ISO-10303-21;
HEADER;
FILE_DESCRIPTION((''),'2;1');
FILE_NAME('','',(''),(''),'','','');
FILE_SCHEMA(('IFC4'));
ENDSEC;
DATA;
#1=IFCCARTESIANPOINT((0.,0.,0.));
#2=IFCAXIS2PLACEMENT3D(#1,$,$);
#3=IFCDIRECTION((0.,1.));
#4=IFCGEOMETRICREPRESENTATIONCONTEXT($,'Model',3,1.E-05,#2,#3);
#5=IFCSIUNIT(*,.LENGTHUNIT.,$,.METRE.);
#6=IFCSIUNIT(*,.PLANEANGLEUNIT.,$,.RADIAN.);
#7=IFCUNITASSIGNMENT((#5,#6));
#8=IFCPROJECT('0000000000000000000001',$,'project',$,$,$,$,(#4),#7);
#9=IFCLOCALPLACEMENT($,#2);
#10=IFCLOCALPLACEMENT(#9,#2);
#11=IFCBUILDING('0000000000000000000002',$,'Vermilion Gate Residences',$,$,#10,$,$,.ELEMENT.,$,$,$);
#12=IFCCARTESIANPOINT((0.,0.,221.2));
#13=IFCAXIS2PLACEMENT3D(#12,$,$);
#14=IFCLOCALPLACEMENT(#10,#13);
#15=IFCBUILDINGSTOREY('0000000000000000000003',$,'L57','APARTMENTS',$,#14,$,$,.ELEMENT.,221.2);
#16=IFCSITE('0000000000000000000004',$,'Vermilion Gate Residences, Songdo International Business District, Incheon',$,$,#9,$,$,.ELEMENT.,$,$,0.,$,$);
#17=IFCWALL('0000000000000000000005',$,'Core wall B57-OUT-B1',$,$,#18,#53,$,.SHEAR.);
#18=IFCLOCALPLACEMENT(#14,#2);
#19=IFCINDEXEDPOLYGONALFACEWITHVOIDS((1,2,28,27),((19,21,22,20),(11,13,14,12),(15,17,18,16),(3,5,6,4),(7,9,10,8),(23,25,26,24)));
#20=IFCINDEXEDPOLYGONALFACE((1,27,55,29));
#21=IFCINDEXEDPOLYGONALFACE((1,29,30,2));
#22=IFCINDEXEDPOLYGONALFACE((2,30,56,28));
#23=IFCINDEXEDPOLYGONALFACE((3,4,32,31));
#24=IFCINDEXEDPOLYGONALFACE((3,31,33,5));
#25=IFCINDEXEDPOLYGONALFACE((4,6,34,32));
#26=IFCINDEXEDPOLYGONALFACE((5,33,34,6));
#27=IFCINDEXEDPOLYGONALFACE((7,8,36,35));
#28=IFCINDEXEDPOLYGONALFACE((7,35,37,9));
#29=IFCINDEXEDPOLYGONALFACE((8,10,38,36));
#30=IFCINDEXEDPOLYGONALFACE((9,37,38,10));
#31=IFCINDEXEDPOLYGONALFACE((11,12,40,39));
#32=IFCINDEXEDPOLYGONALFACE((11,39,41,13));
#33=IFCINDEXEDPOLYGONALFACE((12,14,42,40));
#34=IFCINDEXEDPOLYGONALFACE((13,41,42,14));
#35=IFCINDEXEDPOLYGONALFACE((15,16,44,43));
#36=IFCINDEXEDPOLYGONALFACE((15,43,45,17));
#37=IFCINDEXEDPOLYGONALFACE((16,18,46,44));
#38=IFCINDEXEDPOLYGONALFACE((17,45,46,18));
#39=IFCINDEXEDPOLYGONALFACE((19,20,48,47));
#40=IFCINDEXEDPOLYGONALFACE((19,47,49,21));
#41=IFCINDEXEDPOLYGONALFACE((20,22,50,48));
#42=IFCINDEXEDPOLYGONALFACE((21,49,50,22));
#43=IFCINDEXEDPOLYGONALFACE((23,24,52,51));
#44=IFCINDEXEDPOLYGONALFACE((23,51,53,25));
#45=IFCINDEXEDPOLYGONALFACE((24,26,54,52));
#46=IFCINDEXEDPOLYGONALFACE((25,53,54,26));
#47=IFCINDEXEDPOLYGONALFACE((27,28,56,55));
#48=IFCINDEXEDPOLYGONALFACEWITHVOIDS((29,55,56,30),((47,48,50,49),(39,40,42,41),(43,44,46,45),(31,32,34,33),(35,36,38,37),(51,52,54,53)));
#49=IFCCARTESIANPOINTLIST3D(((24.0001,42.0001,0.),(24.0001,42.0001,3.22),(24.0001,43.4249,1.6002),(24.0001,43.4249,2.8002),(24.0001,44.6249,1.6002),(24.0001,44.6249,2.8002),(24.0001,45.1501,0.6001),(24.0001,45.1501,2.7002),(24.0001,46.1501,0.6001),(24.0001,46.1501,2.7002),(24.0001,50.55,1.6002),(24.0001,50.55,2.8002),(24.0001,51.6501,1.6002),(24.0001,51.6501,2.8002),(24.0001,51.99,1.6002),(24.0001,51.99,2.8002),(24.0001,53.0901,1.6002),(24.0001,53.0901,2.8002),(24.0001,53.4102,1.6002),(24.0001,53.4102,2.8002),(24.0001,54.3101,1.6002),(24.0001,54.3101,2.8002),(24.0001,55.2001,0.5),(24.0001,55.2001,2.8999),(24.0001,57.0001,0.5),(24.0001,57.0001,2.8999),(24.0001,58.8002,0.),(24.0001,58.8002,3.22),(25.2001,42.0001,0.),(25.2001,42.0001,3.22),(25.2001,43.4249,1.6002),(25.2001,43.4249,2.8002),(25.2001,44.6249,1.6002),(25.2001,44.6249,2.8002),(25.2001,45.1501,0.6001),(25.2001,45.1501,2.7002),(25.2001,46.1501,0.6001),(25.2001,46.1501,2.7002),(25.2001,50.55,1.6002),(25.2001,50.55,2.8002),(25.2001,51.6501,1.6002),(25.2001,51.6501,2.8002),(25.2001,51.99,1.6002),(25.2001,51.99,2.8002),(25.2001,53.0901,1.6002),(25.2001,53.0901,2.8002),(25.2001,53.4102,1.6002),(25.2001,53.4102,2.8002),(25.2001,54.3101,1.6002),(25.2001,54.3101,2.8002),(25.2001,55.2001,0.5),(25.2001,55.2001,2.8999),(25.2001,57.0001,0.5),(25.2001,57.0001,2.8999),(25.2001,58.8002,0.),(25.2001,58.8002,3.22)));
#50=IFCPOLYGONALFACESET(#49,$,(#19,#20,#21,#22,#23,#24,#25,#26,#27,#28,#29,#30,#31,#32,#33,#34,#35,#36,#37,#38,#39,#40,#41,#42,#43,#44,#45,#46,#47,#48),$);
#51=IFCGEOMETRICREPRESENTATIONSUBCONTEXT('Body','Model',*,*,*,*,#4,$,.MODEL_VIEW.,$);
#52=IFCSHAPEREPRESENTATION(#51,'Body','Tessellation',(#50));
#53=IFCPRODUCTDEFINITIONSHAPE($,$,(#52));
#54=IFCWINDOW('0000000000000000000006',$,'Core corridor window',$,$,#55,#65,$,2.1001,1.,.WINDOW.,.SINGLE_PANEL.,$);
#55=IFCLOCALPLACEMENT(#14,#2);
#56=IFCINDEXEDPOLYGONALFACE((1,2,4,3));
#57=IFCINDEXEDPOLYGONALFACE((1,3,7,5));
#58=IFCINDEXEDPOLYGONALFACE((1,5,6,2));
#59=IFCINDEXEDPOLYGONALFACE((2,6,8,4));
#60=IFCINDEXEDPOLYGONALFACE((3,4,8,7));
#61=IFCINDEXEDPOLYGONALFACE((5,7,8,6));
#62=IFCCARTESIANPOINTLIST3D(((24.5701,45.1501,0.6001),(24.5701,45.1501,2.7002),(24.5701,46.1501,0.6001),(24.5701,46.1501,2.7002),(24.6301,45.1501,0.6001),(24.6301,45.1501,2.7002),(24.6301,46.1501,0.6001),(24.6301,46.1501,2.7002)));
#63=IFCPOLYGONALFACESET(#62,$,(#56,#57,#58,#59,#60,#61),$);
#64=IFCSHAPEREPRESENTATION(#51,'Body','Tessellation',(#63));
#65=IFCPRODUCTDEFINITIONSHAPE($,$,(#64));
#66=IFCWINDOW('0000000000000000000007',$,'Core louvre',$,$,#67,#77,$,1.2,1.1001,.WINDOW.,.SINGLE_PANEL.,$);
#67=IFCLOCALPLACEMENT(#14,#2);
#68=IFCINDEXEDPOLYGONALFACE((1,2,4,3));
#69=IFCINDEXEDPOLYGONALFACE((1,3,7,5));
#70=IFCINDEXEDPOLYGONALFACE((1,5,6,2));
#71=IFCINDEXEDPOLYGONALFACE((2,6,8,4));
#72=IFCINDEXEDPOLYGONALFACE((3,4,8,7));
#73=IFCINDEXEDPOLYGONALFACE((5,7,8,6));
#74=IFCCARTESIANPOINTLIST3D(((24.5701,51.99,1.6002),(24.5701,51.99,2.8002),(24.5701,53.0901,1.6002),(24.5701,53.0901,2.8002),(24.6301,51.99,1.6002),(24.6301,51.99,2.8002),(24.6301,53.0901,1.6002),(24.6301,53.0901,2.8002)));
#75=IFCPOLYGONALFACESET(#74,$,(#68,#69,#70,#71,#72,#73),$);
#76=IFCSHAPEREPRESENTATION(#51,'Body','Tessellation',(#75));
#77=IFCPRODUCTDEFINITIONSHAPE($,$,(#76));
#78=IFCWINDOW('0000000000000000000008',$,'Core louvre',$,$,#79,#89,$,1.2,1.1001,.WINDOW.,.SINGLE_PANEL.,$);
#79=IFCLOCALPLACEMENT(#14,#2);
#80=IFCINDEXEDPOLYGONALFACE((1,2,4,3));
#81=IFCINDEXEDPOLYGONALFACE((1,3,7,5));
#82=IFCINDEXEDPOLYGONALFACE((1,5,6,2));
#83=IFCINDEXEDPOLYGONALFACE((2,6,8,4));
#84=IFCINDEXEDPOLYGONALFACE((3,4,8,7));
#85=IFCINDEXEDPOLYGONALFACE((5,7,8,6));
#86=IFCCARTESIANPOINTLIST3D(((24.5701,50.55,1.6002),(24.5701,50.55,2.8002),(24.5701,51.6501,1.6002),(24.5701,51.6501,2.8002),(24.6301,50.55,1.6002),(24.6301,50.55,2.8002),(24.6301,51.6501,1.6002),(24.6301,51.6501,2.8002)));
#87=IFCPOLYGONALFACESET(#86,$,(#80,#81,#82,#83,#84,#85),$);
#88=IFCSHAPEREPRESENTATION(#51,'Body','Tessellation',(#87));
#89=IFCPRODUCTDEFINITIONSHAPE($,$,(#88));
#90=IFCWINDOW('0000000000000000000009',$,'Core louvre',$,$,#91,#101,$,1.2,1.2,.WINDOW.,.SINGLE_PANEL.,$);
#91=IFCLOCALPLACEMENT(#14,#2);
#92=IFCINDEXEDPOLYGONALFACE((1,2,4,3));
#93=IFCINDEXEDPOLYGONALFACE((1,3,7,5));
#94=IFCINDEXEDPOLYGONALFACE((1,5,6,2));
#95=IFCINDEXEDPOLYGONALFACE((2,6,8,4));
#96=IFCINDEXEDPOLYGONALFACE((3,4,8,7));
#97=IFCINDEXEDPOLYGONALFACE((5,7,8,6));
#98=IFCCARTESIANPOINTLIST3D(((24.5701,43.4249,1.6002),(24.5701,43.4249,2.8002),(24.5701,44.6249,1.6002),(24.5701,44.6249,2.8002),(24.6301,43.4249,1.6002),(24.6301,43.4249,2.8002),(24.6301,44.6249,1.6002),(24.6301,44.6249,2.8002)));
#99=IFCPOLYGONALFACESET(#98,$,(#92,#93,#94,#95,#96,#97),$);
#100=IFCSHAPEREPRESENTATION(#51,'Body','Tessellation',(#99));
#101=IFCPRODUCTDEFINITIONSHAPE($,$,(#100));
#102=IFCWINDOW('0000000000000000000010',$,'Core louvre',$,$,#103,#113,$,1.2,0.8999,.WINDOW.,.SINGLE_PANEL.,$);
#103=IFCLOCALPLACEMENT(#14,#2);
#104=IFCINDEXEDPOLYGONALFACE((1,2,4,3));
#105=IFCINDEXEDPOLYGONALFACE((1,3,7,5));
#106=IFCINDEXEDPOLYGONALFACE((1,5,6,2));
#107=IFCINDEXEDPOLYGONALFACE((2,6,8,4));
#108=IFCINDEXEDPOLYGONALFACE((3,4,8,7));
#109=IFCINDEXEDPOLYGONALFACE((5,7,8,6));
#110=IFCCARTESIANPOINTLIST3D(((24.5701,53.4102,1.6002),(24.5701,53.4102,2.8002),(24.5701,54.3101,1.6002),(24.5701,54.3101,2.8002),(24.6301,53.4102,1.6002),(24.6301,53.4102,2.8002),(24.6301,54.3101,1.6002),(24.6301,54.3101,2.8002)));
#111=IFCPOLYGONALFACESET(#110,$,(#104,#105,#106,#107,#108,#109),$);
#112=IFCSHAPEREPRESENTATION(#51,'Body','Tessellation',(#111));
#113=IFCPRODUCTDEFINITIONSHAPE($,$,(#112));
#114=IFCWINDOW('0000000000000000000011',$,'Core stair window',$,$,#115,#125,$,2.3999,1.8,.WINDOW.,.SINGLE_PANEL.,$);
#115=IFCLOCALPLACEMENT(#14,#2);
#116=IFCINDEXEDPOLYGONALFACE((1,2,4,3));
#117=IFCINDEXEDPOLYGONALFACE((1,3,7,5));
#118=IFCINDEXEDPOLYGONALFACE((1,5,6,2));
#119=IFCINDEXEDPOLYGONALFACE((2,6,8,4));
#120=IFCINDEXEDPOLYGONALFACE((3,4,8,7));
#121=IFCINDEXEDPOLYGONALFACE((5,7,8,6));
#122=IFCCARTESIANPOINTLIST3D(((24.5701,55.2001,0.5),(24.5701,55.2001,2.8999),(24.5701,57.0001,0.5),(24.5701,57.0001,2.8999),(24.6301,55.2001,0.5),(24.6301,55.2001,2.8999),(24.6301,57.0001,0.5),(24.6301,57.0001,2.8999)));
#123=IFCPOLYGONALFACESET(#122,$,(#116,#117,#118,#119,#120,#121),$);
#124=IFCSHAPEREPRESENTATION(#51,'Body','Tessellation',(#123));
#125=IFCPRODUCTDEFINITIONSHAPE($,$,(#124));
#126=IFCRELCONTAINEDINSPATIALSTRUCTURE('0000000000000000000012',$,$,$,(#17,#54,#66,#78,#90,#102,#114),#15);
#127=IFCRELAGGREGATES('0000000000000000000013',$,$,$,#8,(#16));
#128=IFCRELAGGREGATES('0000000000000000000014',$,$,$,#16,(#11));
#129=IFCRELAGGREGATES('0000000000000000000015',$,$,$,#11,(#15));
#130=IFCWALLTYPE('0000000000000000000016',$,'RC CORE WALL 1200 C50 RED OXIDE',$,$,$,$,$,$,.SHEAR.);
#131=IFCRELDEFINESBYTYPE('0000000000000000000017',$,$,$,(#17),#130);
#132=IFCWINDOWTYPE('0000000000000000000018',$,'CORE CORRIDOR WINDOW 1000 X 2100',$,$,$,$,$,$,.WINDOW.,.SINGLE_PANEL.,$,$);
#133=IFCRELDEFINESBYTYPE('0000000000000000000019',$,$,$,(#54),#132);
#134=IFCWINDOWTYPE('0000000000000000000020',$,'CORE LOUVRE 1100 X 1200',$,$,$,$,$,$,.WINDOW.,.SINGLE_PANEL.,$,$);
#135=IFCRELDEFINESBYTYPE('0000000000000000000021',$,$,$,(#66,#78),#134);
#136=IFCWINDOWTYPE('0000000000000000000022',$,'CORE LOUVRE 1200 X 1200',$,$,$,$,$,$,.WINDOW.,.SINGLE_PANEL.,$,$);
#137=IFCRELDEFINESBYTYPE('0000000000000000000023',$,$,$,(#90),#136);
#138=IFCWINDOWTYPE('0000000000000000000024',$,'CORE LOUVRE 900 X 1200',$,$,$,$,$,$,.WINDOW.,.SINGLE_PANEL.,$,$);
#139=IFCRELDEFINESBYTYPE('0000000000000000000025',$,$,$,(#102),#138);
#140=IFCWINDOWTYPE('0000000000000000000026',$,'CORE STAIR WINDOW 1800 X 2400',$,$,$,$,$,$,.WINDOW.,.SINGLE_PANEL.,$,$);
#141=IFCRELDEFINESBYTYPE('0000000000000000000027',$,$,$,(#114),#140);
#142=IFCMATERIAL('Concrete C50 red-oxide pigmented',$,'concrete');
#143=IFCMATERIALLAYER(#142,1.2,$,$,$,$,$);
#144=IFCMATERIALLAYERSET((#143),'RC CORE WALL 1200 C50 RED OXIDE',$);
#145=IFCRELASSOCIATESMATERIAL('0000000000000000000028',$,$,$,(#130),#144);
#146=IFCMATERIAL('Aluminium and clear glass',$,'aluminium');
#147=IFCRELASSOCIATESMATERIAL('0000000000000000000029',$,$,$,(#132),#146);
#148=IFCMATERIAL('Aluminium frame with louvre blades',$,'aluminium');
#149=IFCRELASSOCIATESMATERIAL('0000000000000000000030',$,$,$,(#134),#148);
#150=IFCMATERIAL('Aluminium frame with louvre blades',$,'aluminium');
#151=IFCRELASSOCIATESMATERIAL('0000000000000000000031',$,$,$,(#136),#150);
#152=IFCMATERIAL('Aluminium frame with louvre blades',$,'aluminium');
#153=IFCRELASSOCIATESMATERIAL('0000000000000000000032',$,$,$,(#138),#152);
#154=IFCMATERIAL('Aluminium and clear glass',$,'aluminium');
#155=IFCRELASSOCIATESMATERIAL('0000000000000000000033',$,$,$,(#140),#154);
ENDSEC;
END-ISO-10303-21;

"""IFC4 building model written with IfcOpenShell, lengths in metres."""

from ifc_helpers import new_model, si_unit, direction, frame, frame_2d, origin, place, context, subcontext, project, spatial, rectangle, extrude, material, layer, layer_set, type_object, element, fill, save


model = new_model("IFC4")

# Units and contexts
model_context = context("Model", 3, precision=1e-05, world=origin(), true_north=direction((0.0, 1.0)))
body_context = subcontext(model_context, "Body", "Model", "MODEL_VIEW")
ifc_project = project(units=[si_unit("LENGTHUNIT", "METRE"), si_unit("PLANEANGLEUNIT", "RADIAN")], contexts=[model_context])

# Site, building, storey
site_placement = place(None, origin())
site = spatial("IfcSite", under=ifc_project, at=site_placement, Name="Vermilion Gate Residences, Songdo International Business District, Incheon", CompositionType="ELEMENT", RefElevation=0.0)
building_placement = place(site_placement, origin())
building = spatial("IfcBuilding", under=site, at=building_placement, Name="Vermilion Gate Residences", CompositionType="ELEMENT")
storey_placement = place(building_placement, frame((0.0, 0.0, 221.2)))
storey = spatial("IfcBuildingStorey", under=building, at=storey_placement, Name="L57", Description="APARTMENTS", CompositionType="ELEMENT", Elevation=221.2)

# Wall, openings, windows
ifc_material_1 = material(Name="Concrete C50 red-oxide pigmented", Category="concrete")
ifc_layer_1 = layer(ifc_material_1, 1.2)
ifc_layer_set_1 = layer_set([ifc_layer_1], Name="RC CORE WALL 1200 C50 RED OXIDE")
wall_type_1 = type_object("IfcWallType", Name="RC CORE WALL 1200 C50 RED OXIDE", PredefinedType="SHEAR", material=ifc_layer_set_1)
wall_1_placement = place(storey_placement, frame((24.6001, 58.8, 0.0), z_axis=(0.0, 0.0, 1.0), x_axis=(0.0, -1.0, 0.0)))
wall_1 = element("IfcWall", 1, at=wall_1_placement, inside=storey, type_object=wall_type_1, Name="Core wall B57-OUT-B1", PredefinedType="SHEAR", context=body_context, shape_type="SweptSolid", body=[
    extrude(rectangle(XDim=16.8, YDim=1.2, at=frame_2d((8.3999, 0.0))), origin(), (0.0, 0.0, 1.0), 3.22),
])
opening_1_placement = place(wall_1_placement, frame((1.8, 0.0, 0.5)))
opening_1 = element("IfcOpeningElement", 2, at=opening_1_placement, cuts=wall_1, PredefinedType="OPENING", context=body_context, shape_type="SweptSolid", body=[
    extrude(rectangle(XDim=1.8, YDim=2.3999, at=frame_2d((0.8999, 1.2))), frame((0.0, 0.6099, 0.0), z_axis=(0.0, -1.0, 0.0), x_axis=(1.0, 0.0, 0.0)), (0.0, 0.0, 1.0), 1.22),
])
opening_2_placement = place(wall_1_placement, frame((4.49, 0.0, 1.6001)))
opening_2 = element("IfcOpeningElement", 3, at=opening_2_placement, cuts=wall_1, PredefinedType="OPENING", context=body_context, shape_type="SweptSolid", body=[
    extrude(rectangle(XDim=0.8999, YDim=1.2, at=frame_2d((0.45, 0.6001))), frame((0.0, 0.6099, 0.0), z_axis=(0.0, -1.0, 0.0), x_axis=(1.0, 0.0, 0.0)), (0.0, 0.0, 1.0), 1.22),
])
opening_3_placement = place(wall_1_placement, frame((5.71, 0.0, 1.6001)))
opening_3 = element("IfcOpeningElement", 4, at=opening_3_placement, cuts=wall_1, PredefinedType="OPENING", context=body_context, shape_type="SweptSolid", body=[
    extrude(rectangle(XDim=1.1001, YDim=1.2, at=frame_2d((0.55, 0.6001))), frame((0.0, 0.6099, 0.0), z_axis=(0.0, -1.0, 0.0), x_axis=(1.0, 0.0, 0.0)), (0.0, 0.0, 1.0), 1.22),
])
opening_4_placement = place(wall_1_placement, frame((7.1499, 0.0, 1.6001)))
opening_4 = element("IfcOpeningElement", 5, at=opening_4_placement, cuts=wall_1, PredefinedType="OPENING", context=body_context, shape_type="SweptSolid", body=[
    extrude(rectangle(XDim=1.1001, YDim=1.2, at=frame_2d((0.55, 0.6001))), frame((0.0, 0.6099, 0.0), z_axis=(0.0, -1.0, 0.0), x_axis=(1.0, 0.0, 0.0)), (0.0, 0.0, 1.0), 1.22),
])
opening_5_placement = place(wall_1_placement, frame((12.6499, 0.0, 0.6001)))
opening_5 = element("IfcOpeningElement", 6, at=opening_5_placement, cuts=wall_1, PredefinedType="OPENING", context=body_context, shape_type="SweptSolid", body=[
    extrude(rectangle(XDim=1.0, YDim=2.1001, at=frame_2d((0.5, 1.05))), frame((0.0, 0.6099, 0.0), z_axis=(0.0, -1.0, 0.0), x_axis=(1.0, 0.0, 0.0)), (0.0, 0.0, 1.0), 1.22),
])
opening_6_placement = place(wall_1_placement, frame((14.175, 0.0, 1.6001)))
opening_6 = element("IfcOpeningElement", 7, at=opening_6_placement, cuts=wall_1, PredefinedType="OPENING", context=body_context, shape_type="SweptSolid", body=[
    extrude(rectangle(XDim=1.2, YDim=1.2, at=frame_2d((0.6001, 0.6001))), frame((0.0, 0.6099, 0.0), z_axis=(0.0, -1.0, 0.0), x_axis=(1.0, 0.0, 0.0)), (0.0, 0.0, 1.0), 1.22),
])
ifc_material_2 = material(Name="Aluminium and clear glass", Category="aluminium")
window_type_1 = type_object("IfcWindowType", Name="CORE CORRIDOR WINDOW 1000 X 2100", PartitioningType="SINGLE_PANEL", PredefinedType="WINDOW", material=ifc_material_2)
window_1_placement = place(opening_5_placement, origin())
window_1 = element("IfcWindow", 8, at=window_1_placement, inside=storey, type_object=window_type_1, Name="Core corridor window", OverallHeight=2.1001, OverallWidth=1.0, PartitioningType="SINGLE_PANEL", PredefinedType="WINDOW", context=body_context, shape_type="SweptSolid", body=[
    extrude(rectangle(XDim=1.0, YDim=2.1001, at=frame_2d((0.5, 1.05))), frame((0.0, 0.03, 0.0), z_axis=(0.0, -1.0, 0.0), x_axis=(1.0, 0.0, 0.0)), (0.0, 0.0, 1.0), 0.0601),
])
fill(opening_5, window_1)
ifc_material_3 = material(Name="Aluminium frame with louvre blades", Category="aluminium")
window_type_2 = type_object("IfcWindowType", Name="CORE LOUVRE 1100 X 1200", PartitioningType="SINGLE_PANEL", PredefinedType="WINDOW", material=ifc_material_3)
window_2_placement = place(opening_3_placement, origin())
window_2 = element("IfcWindow", 9, at=window_2_placement, inside=storey, type_object=window_type_2, Name="Core louvre", OverallHeight=1.2, OverallWidth=1.1001, PartitioningType="SINGLE_PANEL", PredefinedType="WINDOW", context=body_context, shape_type="SweptSolid", body=[
    extrude(rectangle(XDim=1.1001, YDim=1.2, at=frame_2d((0.55, 0.6001))), frame((0.0, 0.03, 0.0), z_axis=(0.0, -1.0, 0.0), x_axis=(1.0, 0.0, 0.0)), (0.0, 0.0, 1.0), 0.0601),
])
fill(opening_3, window_2)
window_3_placement = place(opening_4_placement, origin())
window_3 = element("IfcWindow", 10, at=window_3_placement, inside=storey, type_object=window_type_2, Name="Core louvre", OverallHeight=1.2, OverallWidth=1.1001, PartitioningType="SINGLE_PANEL", PredefinedType="WINDOW", context=body_context, shape_type="SweptSolid", body=[
    extrude(rectangle(XDim=1.1001, YDim=1.2, at=frame_2d((0.55, 0.6001))), frame((0.0, 0.03, 0.0), z_axis=(0.0, -1.0, 0.0), x_axis=(1.0, 0.0, 0.0)), (0.0, 0.0, 1.0), 0.0601),
])
fill(opening_4, window_3)
ifc_material_4 = material(Name="Aluminium frame with louvre blades", Category="aluminium")
window_type_3 = type_object("IfcWindowType", Name="CORE LOUVRE 1200 X 1200", PartitioningType="SINGLE_PANEL", PredefinedType="WINDOW", material=ifc_material_4)
window_4_placement = place(opening_6_placement, origin())
window_4 = element("IfcWindow", 11, at=window_4_placement, inside=storey, type_object=window_type_3, Name="Core louvre", OverallHeight=1.2, OverallWidth=1.2, PartitioningType="SINGLE_PANEL", PredefinedType="WINDOW", context=body_context, shape_type="SweptSolid", body=[
    extrude(rectangle(XDim=1.2, YDim=1.2, at=frame_2d((0.6001, 0.6001))), frame((0.0, 0.03, 0.0), z_axis=(0.0, -1.0, 0.0), x_axis=(1.0, 0.0, 0.0)), (0.0, 0.0, 1.0), 0.0601),
])
fill(opening_6, window_4)
ifc_material_5 = material(Name="Aluminium frame with louvre blades", Category="aluminium")
window_type_4 = type_object("IfcWindowType", Name="CORE LOUVRE 900 X 1200", PartitioningType="SINGLE_PANEL", PredefinedType="WINDOW", material=ifc_material_5)
window_5_placement = place(opening_2_placement, origin())
window_5 = element("IfcWindow", 12, at=window_5_placement, inside=storey, type_object=window_type_4, Name="Core louvre", OverallHeight=1.2, OverallWidth=0.8999, PartitioningType="SINGLE_PANEL", PredefinedType="WINDOW", context=body_context, shape_type="SweptSolid", body=[
    extrude(rectangle(XDim=0.8999, YDim=1.2, at=frame_2d((0.45, 0.6001))), frame((0.0, 0.03, 0.0), z_axis=(0.0, -1.0, 0.0), x_axis=(1.0, 0.0, 0.0)), (0.0, 0.0, 1.0), 0.0601),
])
fill(opening_2, window_5)
ifc_material_6 = material(Name="Aluminium and clear glass", Category="aluminium")
window_type_5 = type_object("IfcWindowType", Name="CORE STAIR WINDOW 1800 X 2400", PartitioningType="SINGLE_PANEL", PredefinedType="WINDOW", material=ifc_material_6)
window_6_placement = place(opening_1_placement, origin())
window_6 = element("IfcWindow", 13, at=window_6_placement, inside=storey, type_object=window_type_5, Name="Core stair window", OverallHeight=2.3999, OverallWidth=1.8, PartitioningType="SINGLE_PANEL", PredefinedType="WINDOW", context=body_context, shape_type="SweptSolid", body=[
    extrude(rectangle(XDim=1.8, YDim=2.3999, at=frame_2d((0.8999, 1.2))), frame((0.0, 0.03, 0.0), z_axis=(0.0, -1.0, 0.0), x_axis=(1.0, 0.0, 0.0)), (0.0, 0.0, 1.0), 0.0601),
])
fill(opening_1, window_6)

save(model, "model.ifc")
